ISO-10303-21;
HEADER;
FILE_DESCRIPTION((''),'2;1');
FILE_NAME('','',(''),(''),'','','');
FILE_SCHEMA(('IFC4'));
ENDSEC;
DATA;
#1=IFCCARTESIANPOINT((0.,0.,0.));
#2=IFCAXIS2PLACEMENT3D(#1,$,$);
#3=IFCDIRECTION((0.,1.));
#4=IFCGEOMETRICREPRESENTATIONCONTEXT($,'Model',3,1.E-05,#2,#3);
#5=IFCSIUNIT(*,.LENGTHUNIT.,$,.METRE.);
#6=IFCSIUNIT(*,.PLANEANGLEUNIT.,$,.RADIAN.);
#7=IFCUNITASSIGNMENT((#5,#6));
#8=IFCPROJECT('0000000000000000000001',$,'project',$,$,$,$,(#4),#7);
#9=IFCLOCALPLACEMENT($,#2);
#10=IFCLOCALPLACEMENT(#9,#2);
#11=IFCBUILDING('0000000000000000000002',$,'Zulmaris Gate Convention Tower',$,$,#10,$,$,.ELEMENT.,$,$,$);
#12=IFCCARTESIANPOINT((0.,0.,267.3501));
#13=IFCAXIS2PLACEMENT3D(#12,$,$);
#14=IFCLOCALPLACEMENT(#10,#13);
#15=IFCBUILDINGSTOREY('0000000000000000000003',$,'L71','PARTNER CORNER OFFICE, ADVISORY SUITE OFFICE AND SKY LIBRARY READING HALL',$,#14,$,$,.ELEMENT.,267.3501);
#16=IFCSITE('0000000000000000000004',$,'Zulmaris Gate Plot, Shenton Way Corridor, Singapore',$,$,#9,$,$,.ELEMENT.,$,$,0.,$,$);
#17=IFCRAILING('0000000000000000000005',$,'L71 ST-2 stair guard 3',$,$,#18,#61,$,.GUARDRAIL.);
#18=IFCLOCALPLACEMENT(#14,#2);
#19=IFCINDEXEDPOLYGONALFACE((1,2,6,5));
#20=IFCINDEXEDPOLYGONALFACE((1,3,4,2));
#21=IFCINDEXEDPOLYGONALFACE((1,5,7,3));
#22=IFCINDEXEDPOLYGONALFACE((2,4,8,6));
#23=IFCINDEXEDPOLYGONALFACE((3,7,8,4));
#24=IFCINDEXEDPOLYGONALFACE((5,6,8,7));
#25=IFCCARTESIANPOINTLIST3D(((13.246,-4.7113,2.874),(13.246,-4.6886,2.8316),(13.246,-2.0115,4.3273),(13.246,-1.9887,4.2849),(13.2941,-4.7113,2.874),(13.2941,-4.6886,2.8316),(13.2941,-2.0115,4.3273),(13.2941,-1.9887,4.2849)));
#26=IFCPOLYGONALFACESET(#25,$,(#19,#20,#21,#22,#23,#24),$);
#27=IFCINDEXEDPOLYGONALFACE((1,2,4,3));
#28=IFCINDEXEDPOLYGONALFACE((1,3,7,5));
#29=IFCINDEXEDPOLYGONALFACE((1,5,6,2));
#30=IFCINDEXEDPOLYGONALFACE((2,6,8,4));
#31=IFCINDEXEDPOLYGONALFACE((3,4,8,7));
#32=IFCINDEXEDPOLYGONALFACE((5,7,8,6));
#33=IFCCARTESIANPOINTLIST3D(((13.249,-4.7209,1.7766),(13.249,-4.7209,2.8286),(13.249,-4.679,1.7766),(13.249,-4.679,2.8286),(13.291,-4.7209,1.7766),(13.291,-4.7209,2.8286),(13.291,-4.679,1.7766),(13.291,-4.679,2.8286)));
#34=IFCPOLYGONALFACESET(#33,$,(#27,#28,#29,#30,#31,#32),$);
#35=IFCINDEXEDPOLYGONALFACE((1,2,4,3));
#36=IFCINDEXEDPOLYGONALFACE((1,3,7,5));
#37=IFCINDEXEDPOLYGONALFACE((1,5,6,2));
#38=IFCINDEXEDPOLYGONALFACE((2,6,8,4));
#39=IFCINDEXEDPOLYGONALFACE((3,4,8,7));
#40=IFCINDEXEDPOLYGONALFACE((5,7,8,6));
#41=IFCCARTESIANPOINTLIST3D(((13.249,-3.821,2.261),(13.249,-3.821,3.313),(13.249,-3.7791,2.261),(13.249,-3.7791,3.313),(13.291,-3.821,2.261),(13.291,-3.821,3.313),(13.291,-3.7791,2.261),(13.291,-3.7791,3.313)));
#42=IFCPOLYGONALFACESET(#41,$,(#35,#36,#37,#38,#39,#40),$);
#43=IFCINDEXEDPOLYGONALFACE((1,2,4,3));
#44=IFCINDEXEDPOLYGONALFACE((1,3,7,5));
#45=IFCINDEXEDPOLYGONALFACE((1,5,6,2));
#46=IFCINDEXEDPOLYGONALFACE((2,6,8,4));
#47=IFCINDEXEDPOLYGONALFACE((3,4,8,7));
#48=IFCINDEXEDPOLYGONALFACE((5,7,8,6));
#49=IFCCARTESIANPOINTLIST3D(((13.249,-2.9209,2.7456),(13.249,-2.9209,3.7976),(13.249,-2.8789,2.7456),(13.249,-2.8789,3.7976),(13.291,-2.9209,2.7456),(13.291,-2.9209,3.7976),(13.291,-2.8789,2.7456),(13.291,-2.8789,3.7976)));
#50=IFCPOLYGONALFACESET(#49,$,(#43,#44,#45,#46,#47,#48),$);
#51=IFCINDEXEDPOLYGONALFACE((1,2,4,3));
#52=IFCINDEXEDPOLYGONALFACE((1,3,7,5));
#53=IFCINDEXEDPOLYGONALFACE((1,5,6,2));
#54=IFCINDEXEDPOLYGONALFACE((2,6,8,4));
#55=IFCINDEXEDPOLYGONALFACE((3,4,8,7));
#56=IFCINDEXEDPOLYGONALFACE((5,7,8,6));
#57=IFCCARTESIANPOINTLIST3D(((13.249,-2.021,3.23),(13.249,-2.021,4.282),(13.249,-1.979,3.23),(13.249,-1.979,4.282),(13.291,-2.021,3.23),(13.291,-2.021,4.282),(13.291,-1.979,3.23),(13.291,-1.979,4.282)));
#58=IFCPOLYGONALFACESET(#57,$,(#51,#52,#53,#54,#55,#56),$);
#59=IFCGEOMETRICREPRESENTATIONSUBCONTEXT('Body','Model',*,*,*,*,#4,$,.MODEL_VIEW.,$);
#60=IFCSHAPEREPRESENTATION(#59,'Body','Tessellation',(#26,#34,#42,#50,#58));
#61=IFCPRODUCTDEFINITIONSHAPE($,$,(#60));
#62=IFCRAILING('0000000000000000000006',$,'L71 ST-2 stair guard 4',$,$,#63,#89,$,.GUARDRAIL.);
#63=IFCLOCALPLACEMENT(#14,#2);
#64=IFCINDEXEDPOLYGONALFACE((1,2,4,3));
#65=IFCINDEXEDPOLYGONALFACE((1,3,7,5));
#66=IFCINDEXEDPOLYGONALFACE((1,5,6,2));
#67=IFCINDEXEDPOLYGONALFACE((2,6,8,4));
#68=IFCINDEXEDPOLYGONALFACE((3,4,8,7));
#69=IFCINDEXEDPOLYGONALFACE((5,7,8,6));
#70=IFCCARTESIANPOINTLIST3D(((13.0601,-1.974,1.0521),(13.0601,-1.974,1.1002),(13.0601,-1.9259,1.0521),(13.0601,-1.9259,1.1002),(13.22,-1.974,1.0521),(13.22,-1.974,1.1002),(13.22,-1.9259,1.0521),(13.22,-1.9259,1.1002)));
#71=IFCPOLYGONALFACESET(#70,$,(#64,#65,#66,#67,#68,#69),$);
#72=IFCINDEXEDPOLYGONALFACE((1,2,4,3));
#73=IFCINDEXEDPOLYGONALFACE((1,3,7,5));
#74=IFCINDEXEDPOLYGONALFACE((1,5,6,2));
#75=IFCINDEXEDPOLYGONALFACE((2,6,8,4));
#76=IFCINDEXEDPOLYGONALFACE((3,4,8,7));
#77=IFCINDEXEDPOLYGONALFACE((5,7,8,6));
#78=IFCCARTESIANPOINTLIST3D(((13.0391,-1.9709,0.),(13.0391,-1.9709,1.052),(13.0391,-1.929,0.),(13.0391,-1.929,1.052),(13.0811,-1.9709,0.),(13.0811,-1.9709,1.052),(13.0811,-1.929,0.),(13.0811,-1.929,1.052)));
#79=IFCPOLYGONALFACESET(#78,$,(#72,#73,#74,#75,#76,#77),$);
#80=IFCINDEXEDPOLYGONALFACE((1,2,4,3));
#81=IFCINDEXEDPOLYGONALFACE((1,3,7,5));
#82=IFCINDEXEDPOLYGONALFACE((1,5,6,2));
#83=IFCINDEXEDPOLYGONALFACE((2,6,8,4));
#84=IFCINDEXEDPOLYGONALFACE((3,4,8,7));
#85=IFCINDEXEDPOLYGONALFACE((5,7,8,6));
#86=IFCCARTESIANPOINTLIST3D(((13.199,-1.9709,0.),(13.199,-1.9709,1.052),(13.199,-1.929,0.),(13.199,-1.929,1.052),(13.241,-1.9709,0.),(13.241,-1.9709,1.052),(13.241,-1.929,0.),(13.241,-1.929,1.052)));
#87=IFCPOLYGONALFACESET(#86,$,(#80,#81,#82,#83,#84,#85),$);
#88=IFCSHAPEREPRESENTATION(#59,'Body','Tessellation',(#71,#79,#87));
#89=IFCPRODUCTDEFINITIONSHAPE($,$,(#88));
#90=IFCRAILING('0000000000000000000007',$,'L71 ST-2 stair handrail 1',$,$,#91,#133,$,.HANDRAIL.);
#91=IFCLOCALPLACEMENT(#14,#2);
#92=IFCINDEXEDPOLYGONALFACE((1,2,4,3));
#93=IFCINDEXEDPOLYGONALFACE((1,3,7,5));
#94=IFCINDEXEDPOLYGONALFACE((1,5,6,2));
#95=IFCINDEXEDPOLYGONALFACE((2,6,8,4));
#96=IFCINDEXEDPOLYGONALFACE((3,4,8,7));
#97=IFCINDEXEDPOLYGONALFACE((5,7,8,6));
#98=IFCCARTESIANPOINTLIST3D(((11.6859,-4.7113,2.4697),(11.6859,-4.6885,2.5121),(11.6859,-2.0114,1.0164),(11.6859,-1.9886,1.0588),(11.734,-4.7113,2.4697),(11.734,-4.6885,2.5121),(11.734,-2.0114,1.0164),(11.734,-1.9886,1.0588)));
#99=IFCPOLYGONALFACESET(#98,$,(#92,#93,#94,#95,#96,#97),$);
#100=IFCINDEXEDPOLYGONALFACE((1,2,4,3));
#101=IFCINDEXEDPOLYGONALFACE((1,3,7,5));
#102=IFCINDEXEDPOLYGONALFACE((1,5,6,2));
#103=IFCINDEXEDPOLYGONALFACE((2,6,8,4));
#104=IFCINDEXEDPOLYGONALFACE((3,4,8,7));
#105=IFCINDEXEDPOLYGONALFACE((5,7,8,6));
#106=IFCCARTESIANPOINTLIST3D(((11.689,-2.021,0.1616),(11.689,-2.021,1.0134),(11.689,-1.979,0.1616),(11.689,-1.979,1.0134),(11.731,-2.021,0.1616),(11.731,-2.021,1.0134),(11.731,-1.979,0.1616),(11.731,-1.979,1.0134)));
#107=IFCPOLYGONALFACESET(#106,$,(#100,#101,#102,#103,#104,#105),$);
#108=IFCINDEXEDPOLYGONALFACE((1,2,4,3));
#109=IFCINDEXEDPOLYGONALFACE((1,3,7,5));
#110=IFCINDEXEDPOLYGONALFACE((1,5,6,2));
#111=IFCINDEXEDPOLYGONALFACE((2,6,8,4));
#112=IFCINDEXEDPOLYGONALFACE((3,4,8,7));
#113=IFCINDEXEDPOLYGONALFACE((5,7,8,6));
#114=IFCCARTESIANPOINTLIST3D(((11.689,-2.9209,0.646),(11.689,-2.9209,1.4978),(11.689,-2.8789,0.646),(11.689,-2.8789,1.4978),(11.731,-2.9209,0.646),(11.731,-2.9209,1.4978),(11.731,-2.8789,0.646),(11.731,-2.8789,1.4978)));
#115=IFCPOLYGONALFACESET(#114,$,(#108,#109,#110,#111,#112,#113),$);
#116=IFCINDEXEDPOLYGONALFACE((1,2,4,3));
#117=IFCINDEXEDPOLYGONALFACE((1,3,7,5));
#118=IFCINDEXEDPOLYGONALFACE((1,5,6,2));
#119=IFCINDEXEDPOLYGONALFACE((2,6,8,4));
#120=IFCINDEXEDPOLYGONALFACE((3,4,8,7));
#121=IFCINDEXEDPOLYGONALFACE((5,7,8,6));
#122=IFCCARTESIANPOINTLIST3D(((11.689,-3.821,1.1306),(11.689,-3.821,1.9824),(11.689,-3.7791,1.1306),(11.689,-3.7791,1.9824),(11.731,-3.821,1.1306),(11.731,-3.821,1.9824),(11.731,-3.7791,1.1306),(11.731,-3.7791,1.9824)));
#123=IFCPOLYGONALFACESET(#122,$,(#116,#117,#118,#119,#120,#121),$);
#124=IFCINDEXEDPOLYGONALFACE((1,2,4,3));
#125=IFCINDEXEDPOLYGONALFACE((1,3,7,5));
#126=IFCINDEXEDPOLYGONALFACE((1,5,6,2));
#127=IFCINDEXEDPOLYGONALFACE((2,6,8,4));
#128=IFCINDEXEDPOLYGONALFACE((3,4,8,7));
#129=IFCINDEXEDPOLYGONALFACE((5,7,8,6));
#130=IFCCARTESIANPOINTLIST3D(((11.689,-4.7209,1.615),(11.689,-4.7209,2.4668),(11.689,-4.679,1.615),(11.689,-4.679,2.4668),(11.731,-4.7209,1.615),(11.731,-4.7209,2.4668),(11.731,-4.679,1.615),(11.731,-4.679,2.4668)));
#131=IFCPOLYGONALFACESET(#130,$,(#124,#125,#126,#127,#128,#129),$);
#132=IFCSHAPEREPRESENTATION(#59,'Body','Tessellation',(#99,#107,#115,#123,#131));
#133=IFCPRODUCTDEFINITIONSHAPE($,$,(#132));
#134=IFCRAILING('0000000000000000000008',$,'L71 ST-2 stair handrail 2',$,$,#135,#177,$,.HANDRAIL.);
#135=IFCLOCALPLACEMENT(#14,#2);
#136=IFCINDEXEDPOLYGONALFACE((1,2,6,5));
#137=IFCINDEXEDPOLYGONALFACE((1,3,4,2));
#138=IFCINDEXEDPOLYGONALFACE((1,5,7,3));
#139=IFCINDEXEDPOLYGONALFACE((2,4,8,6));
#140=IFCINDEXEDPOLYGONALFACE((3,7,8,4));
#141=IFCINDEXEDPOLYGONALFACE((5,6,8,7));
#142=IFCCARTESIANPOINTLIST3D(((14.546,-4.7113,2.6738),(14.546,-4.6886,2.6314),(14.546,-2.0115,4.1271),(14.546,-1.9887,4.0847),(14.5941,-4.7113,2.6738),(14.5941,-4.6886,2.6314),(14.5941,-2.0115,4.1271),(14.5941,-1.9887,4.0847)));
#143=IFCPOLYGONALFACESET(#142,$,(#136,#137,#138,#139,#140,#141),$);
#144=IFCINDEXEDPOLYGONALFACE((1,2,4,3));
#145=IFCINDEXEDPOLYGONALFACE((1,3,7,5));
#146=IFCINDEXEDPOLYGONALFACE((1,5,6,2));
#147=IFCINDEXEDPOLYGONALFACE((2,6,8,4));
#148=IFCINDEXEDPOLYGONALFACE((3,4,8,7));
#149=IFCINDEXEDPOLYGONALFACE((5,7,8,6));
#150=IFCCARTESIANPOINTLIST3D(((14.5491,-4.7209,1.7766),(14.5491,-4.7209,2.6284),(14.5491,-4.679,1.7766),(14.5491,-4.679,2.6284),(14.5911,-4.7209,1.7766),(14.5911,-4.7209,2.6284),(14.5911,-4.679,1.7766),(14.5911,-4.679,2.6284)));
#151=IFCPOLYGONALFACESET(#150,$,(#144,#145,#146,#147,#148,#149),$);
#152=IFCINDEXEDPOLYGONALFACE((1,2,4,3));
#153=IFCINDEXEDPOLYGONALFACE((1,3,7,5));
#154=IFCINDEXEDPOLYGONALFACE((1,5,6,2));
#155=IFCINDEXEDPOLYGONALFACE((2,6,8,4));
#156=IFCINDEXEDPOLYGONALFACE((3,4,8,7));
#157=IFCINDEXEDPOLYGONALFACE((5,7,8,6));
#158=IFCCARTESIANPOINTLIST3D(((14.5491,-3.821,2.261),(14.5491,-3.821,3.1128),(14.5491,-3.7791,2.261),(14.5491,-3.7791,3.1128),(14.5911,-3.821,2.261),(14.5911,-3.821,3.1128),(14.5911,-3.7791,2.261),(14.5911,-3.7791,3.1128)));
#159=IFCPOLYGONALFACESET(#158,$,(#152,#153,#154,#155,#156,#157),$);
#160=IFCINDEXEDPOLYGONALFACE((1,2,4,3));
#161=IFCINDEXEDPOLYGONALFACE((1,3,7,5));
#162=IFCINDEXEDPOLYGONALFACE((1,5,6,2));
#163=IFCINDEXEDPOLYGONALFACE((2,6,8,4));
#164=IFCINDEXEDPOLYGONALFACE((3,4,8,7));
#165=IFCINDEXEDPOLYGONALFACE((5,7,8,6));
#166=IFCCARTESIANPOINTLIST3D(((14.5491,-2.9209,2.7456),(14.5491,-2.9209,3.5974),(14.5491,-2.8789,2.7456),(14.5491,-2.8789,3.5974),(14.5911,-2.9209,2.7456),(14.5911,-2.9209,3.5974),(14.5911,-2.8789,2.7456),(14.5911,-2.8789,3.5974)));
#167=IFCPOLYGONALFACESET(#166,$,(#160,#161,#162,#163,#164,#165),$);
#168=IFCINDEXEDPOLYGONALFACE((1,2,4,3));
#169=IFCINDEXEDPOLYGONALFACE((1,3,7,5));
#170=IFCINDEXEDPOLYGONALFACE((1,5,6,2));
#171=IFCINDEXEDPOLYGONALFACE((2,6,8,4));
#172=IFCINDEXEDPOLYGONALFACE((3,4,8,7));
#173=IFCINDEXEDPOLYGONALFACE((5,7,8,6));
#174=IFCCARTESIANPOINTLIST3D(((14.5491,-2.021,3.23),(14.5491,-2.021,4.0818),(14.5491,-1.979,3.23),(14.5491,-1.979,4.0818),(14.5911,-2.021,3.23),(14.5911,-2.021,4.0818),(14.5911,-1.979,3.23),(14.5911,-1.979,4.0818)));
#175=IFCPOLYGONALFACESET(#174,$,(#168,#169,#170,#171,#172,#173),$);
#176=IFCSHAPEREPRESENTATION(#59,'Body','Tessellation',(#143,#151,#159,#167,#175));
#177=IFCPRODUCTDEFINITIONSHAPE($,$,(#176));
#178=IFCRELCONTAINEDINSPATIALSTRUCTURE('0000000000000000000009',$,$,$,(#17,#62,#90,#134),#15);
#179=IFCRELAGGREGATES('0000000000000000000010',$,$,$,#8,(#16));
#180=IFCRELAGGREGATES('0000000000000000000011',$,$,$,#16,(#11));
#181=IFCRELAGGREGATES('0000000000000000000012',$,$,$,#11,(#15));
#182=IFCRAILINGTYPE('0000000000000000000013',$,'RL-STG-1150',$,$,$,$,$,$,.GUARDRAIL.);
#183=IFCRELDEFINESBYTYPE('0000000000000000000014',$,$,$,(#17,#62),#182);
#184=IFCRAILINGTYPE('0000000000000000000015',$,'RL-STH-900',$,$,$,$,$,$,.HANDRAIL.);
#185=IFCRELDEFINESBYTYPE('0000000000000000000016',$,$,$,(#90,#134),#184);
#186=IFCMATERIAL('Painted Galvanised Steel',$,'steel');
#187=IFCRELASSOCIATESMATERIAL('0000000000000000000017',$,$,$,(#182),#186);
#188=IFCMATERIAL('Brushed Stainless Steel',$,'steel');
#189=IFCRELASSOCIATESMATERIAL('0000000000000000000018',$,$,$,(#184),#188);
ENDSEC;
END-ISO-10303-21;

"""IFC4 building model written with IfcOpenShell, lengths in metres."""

from ifc_helpers import new_model, si_unit, direction, frame, origin, origin_2d, place, context, subcontext, project, spatial, rectangle, extrude, material, type_object, element, save


model = new_model("IFC4")

# Units and contexts
model_context = context("Model", 3, precision=1e-05, world=origin(), true_north=direction((0.0, 1.0)))
body_context = subcontext(model_context, "Body", "Model", "MODEL_VIEW")
ifc_project = project(units=[si_unit("LENGTHUNIT", "METRE"), si_unit("PLANEANGLEUNIT", "RADIAN")], contexts=[model_context])

# Site, building, storey
site_placement = place(None, origin())
site = spatial("IfcSite", under=ifc_project, at=site_placement, Name="Zulmaris Gate Plot, Shenton Way Corridor, Singapore", CompositionType="ELEMENT", RefElevation=0.0)
building_placement = place(site_placement, origin())
building = spatial("IfcBuilding", under=site, at=building_placement, Name="Zulmaris Gate Convention Tower", CompositionType="ELEMENT")
storey_placement = place(building_placement, frame((0.0, 0.0, 267.3501)))
storey = spatial("IfcBuildingStorey", under=building, at=storey_placement, Name="L71", Description="PARTNER CORNER OFFICE, ADVISORY SUITE OFFICE AND SKY LIBRARY READING HALL", CompositionType="ELEMENT", Elevation=267.3501)

# Railings
ifc_material_1 = material(Name="Painted Galvanised Steel", Category="steel")
railing_type_1 = type_object("IfcRailingType", Name="RL-STG-1150", PredefinedType="GUARDRAIL", material=ifc_material_1)
railing_1_placement = place(storey_placement, frame((13.27, -4.7, 1.7766)))
element("IfcRailing", 1, at=railing_1_placement, inside=storey, type_object=railing_type_1, Name="L71 ST-2 stair guard 3", PredefinedType="GUARDRAIL", context=body_context, shape_type="SweptSolid", body=[
    extrude(rectangle(XDim=0.0481, YDim=0.0481, at=origin_2d()), frame((0.0, 0.0, 1.0762), z_axis=(0.0, 0.880532, 0.473986), x_axis=(-1.0, 0.0, 0.0)), (0.0, 0.0, 1.0), 3.0662),
    extrude(rectangle(XDim=0.042, YDim=0.042, at=origin_2d()), origin(), (0.0, 0.0, 1.0), 1.052),
    extrude(rectangle(XDim=0.042, YDim=0.042, at=origin_2d()), frame((0.0, 0.8999, 0.4844)), (0.0, 0.0, 1.0), 1.052),
    extrude(rectangle(XDim=0.042, YDim=0.042, at=origin_2d()), frame((0.0, 1.8, 0.969)), (0.0, 0.0, 1.0), 1.052),
    extrude(rectangle(XDim=0.042, YDim=0.042, at=origin_2d()), frame((0.0, 2.7, 1.4534)), (0.0, 0.0, 1.0), 1.052),
])
railing_2_placement = place(storey_placement, frame((13.0601, -1.95, 0.0)))
element("IfcRailing", 2, at=railing_2_placement, inside=storey, type_object=railing_type_1, Name="L71 ST-2 stair guard 4", PredefinedType="GUARDRAIL", context=body_context, shape_type="SweptSolid", body=[
    extrude(rectangle(XDim=0.0481, YDim=0.0481, at=origin_2d()), frame((0.0, 0.0, 1.0762), z_axis=(1.0, 0.0, 0.0), x_axis=(0.0, 1.0, 0.0)), (0.0, 0.0, 1.0), 0.1599),
    extrude(rectangle(XDim=0.042, YDim=0.042, at=origin_2d()), origin(), (0.0, 0.0, 1.0), 1.052),
    extrude(rectangle(XDim=0.042, YDim=0.042, at=origin_2d()), frame((0.1599, 0.0, 0.0)), (0.0, 0.0, 1.0), 1.052),
])
ifc_material_2 = material(Name="Brushed Stainless Steel", Category="steel")
railing_type_2 = type_object("IfcRailingType", Name="RL-STH-900", PredefinedType="HANDRAIL", material=ifc_material_2)
railing_3_placement = place(storey_placement, frame((11.71, -2.0, 0.1616)))
element("IfcRailing", 3, at=railing_3_placement, inside=storey, type_object=railing_type_2, Name="L71 ST-2 stair handrail 1", PredefinedType="HANDRAIL", context=body_context, shape_type="SweptSolid", body=[
    extrude(rectangle(XDim=0.0481, YDim=0.0481, at=origin_2d()), frame((0.0, 0.0, 0.876), z_axis=(0.0, -0.880532, 0.473986), x_axis=(1.0, 0.0, 0.0)), (0.0, 0.0, 1.0), 3.0662),
    extrude(rectangle(XDim=0.042, YDim=0.042, at=origin_2d()), origin(), (0.0, 0.0, 1.0), 0.8518),
    extrude(rectangle(XDim=0.042, YDim=0.042, at=origin_2d()), frame((0.0, -0.8999, 0.4844)), (0.0, 0.0, 1.0), 0.8518),
    extrude(rectangle(XDim=0.042, YDim=0.042, at=origin_2d()), frame((0.0, -1.8, 0.969)), (0.0, 0.0, 1.0), 0.8518),
    extrude(rectangle(XDim=0.042, YDim=0.042, at=origin_2d()), frame((0.0, -2.7, 1.4534)), (0.0, 0.0, 1.0), 0.8518),
])
railing_4_placement = place(storey_placement, frame((14.5701, -4.7, 1.7766)))
element("IfcRailing", 4, at=railing_4_placement, inside=storey, type_object=railing_type_2, Name="L71 ST-2 stair handrail 2", PredefinedType="HANDRAIL", context=body_context, shape_type="SweptSolid", body=[
    extrude(rectangle(XDim=0.0481, YDim=0.0481, at=origin_2d()), frame((0.0, 0.0, 0.876), z_axis=(0.0, 0.880532, 0.473986), x_axis=(-1.0, 0.0, 0.0)), (0.0, 0.0, 1.0), 3.0662),
    extrude(rectangle(XDim=0.042, YDim=0.042, at=origin_2d()), origin(), (0.0, 0.0, 1.0), 0.8518),
    extrude(rectangle(XDim=0.042, YDim=0.042, at=origin_2d()), frame((0.0, 0.8999, 0.4844)), (0.0, 0.0, 1.0), 0.8518),
    extrude(rectangle(XDim=0.042, YDim=0.042, at=origin_2d()), frame((0.0, 1.8, 0.969)), (0.0, 0.0, 1.0), 0.8518),
    extrude(rectangle(XDim=0.042, YDim=0.042, at=origin_2d()), frame((0.0, 2.7, 1.4534)), (0.0, 0.0, 1.0), 0.8518),
])

save(model, "model.ifc")
